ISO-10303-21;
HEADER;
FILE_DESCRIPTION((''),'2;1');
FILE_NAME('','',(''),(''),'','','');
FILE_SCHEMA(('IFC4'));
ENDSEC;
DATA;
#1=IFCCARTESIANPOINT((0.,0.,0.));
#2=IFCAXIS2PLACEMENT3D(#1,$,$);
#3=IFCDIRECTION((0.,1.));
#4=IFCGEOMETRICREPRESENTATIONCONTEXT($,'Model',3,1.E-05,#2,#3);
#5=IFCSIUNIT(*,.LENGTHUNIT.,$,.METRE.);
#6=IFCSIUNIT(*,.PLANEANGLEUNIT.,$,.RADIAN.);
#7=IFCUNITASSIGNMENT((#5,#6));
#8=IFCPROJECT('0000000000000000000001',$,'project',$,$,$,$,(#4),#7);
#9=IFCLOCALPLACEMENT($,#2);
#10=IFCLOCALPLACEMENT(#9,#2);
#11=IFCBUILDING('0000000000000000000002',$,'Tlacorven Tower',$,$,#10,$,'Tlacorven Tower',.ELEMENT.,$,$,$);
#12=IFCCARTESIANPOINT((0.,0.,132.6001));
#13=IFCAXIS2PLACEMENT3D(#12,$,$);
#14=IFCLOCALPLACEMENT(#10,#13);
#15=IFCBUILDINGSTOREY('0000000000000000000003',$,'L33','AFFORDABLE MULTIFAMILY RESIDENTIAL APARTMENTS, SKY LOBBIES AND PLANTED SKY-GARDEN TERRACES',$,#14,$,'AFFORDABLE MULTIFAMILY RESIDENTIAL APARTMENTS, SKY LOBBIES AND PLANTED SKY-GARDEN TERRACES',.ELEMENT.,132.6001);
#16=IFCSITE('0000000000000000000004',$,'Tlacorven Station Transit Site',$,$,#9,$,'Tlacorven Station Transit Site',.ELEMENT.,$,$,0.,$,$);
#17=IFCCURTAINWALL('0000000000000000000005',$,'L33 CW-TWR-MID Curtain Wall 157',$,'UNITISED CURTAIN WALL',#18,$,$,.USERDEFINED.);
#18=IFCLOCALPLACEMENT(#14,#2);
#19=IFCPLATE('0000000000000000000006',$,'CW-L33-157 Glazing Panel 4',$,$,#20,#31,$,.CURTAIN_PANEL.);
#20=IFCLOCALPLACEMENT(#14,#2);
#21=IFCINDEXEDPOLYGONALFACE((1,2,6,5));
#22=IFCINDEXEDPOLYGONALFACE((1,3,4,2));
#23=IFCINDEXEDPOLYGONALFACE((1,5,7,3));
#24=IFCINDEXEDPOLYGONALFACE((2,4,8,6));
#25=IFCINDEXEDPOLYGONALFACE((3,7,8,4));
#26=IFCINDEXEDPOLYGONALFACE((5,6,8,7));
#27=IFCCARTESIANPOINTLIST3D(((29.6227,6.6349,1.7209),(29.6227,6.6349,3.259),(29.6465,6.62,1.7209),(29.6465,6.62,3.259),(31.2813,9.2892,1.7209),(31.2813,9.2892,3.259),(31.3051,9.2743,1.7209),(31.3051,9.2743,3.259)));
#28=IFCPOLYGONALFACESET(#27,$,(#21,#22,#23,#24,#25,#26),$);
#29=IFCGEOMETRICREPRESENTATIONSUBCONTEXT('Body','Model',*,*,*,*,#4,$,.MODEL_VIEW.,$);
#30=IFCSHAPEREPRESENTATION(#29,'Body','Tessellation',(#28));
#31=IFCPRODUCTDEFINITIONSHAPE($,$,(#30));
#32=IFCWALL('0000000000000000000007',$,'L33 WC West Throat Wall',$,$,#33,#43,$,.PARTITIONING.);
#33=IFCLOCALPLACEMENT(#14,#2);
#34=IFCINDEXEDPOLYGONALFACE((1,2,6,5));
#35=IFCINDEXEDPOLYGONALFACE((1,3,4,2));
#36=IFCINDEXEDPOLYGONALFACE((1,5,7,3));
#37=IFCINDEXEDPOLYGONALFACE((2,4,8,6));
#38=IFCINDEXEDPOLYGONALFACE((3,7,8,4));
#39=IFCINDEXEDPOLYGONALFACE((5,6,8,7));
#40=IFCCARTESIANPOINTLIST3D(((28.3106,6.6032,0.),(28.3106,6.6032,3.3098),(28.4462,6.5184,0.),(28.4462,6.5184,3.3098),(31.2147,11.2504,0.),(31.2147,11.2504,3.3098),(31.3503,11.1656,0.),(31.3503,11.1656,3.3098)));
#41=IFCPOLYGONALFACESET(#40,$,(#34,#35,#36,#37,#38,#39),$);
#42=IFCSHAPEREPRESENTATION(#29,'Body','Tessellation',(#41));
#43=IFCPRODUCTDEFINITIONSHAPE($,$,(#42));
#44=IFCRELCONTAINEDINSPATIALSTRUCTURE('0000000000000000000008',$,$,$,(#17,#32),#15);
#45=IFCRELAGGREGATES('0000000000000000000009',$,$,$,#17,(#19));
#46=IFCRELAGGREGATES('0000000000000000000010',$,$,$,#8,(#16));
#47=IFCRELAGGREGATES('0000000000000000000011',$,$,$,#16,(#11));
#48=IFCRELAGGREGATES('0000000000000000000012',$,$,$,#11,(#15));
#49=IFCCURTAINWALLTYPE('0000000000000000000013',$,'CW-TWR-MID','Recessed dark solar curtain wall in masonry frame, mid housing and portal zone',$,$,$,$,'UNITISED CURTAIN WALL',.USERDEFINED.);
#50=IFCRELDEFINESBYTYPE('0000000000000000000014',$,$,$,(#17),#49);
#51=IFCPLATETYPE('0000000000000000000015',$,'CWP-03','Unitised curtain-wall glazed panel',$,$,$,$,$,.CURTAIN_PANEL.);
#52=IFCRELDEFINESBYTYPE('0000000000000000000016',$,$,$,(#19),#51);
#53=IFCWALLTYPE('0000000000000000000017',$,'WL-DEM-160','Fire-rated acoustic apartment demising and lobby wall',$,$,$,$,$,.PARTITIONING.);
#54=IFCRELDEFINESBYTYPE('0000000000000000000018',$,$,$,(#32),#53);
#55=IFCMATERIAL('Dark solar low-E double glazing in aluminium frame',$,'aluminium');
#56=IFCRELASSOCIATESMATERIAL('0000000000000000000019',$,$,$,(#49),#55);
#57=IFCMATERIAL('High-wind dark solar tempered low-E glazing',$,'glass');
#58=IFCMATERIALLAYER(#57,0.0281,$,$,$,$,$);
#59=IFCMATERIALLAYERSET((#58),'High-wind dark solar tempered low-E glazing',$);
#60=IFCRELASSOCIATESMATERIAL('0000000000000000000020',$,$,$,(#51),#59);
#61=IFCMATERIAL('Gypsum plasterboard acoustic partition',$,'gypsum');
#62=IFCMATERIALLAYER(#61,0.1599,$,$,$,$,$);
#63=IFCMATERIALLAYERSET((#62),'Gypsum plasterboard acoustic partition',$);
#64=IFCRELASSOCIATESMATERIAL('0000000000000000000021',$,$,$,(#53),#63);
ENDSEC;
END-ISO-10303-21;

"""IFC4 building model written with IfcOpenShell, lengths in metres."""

from ifc_helpers import new_model, si_unit, direction, frame, frame_2d, origin, origin_2d, place, context, subcontext, project, spatial, rectangle, extrude, source, transform, mapped, material, layer, layer_set, type_object, element, aggregate, save


model = new_model("IFC4")

# Units and contexts
model_context = context("Model", 3, precision=1e-05, world=origin(), true_north=direction((0.0, 1.0)))
body_context = subcontext(model_context, "Body", "Model", "MODEL_VIEW")
ifc_project = project(units=[si_unit("LENGTHUNIT", "METRE"), si_unit("PLANEANGLEUNIT", "RADIAN")], contexts=[model_context])

# Site, building, storey
site_placement = place(None, origin())
site = spatial("IfcSite", under=ifc_project, at=site_placement, Name="Tlacorven Station Transit Site", LongName="Tlacorven Station Transit Site", CompositionType="ELEMENT", RefElevation=0.0)
building_placement = place(site_placement, origin())
building = spatial("IfcBuilding", under=site, at=building_placement, Name="Tlacorven Tower", LongName="Tlacorven Tower", CompositionType="ELEMENT")
storey_placement = place(building_placement, frame((0.0, 0.0, 132.6001)))
storey = spatial("IfcBuildingStorey", under=building, at=storey_placement, Name="L33", Description="AFFORDABLE MULTIFAMILY RESIDENTIAL APARTMENTS, SKY LOBBIES AND PLANTED SKY-GARDEN TERRACES", LongName="AFFORDABLE MULTIFAMILY RESIDENTIAL APARTMENTS, SKY LOBBIES AND PLANTED SKY-GARDEN TERRACES", CompositionType="ELEMENT", Elevation=132.6001)

# Curtain wall, plate
ifc_material_1 = material(Name="Dark solar low-E double glazing in aluminium frame", Category="aluminium")
curtain_wall_type = type_object("IfcCurtainWallType", Name="CW-TWR-MID", Description="Recessed dark solar curtain wall in masonry frame, mid housing and portal zone", ElementType="UNITISED CURTAIN WALL", PredefinedType="USERDEFINED", material=ifc_material_1)
curtain_wall_placement = place(storey_placement, origin())
curtain_wall = element("IfcCurtainWall", 1, at=curtain_wall_placement, inside=storey, type_object=curtain_wall_type, Name="L33 CW-TWR-MID Curtain Wall 157", ObjectType="UNITISED CURTAIN WALL", PredefinedType="USERDEFINED")
ifc_material_2 = material(Name="High-wind dark solar tempered low-E glazing", Category="glass")
ifc_layer_1 = layer(ifc_material_2, 0.0281)
ifc_layer_set_1 = layer_set([ifc_layer_1], Name="High-wind dark solar tempered low-E glazing")
plate_type = type_object("IfcPlateType", Name="CWP-03", Description="Unitised curtain-wall glazed panel", PredefinedType="CURTAIN_PANEL", material=ifc_layer_set_1)
shared_shape_1 = source(origin(), body_context, "Body", "SweptSolid", [
    extrude(rectangle(XDim=3.1299, YDim=0.0281, at=origin_2d()), origin(), (0.0, 0.0, 1.0), 1.5381),
])
plate_1_placement = place(storey_placement, frame((30.4639, 7.9546, 1.7209), z_axis=(0.0, 0.0, 1.0), x_axis=(-0.529919, -0.848048, 0.0)))
plate_1 = element("IfcPlate", 2, at=plate_1_placement, type_object=plate_type, Name="CW-L33-157 Glazing Panel 4", PredefinedType="CURTAIN_PANEL", context=body_context, shape_type="MappedRepresentation", body=[
    mapped(shared_shape_1, transform((0.0, 0.0, 0.0), scale=1.0)),
])
aggregate(curtain_wall, [plate_1])

# Wall
ifc_material_3 = material(Name="Gypsum plasterboard acoustic partition", Category="gypsum")
ifc_layer_2 = layer(ifc_material_3, 0.1599)
ifc_layer_set_2 = layer_set([ifc_layer_2], Name="Gypsum plasterboard acoustic partition")
wall_type_1 = type_object("IfcWallType", Name="WL-DEM-160", Description="Fire-rated acoustic apartment demising and lobby wall", PredefinedType="PARTITIONING", material=ifc_layer_set_2)
wall_1_placement = place(storey_placement, frame((31.2825, 11.208, 0.0), z_axis=(0.0, 0.0, 1.0), x_axis=(-0.529939, -0.848036, 0.0)))
element("IfcWall", 3, at=wall_1_placement, inside=storey, type_object=wall_type_1, Name="L33 WC West Throat Wall", PredefinedType="PARTITIONING", context=body_context, shape_type="SweptSolid", body=[
    extrude(rectangle(XDim=5.48, YDim=0.1599, at=frame_2d((2.74, 0.0))), origin(), (0.0, 0.0, 1.0), 3.3098),
])

save(model, "model.ifc")
